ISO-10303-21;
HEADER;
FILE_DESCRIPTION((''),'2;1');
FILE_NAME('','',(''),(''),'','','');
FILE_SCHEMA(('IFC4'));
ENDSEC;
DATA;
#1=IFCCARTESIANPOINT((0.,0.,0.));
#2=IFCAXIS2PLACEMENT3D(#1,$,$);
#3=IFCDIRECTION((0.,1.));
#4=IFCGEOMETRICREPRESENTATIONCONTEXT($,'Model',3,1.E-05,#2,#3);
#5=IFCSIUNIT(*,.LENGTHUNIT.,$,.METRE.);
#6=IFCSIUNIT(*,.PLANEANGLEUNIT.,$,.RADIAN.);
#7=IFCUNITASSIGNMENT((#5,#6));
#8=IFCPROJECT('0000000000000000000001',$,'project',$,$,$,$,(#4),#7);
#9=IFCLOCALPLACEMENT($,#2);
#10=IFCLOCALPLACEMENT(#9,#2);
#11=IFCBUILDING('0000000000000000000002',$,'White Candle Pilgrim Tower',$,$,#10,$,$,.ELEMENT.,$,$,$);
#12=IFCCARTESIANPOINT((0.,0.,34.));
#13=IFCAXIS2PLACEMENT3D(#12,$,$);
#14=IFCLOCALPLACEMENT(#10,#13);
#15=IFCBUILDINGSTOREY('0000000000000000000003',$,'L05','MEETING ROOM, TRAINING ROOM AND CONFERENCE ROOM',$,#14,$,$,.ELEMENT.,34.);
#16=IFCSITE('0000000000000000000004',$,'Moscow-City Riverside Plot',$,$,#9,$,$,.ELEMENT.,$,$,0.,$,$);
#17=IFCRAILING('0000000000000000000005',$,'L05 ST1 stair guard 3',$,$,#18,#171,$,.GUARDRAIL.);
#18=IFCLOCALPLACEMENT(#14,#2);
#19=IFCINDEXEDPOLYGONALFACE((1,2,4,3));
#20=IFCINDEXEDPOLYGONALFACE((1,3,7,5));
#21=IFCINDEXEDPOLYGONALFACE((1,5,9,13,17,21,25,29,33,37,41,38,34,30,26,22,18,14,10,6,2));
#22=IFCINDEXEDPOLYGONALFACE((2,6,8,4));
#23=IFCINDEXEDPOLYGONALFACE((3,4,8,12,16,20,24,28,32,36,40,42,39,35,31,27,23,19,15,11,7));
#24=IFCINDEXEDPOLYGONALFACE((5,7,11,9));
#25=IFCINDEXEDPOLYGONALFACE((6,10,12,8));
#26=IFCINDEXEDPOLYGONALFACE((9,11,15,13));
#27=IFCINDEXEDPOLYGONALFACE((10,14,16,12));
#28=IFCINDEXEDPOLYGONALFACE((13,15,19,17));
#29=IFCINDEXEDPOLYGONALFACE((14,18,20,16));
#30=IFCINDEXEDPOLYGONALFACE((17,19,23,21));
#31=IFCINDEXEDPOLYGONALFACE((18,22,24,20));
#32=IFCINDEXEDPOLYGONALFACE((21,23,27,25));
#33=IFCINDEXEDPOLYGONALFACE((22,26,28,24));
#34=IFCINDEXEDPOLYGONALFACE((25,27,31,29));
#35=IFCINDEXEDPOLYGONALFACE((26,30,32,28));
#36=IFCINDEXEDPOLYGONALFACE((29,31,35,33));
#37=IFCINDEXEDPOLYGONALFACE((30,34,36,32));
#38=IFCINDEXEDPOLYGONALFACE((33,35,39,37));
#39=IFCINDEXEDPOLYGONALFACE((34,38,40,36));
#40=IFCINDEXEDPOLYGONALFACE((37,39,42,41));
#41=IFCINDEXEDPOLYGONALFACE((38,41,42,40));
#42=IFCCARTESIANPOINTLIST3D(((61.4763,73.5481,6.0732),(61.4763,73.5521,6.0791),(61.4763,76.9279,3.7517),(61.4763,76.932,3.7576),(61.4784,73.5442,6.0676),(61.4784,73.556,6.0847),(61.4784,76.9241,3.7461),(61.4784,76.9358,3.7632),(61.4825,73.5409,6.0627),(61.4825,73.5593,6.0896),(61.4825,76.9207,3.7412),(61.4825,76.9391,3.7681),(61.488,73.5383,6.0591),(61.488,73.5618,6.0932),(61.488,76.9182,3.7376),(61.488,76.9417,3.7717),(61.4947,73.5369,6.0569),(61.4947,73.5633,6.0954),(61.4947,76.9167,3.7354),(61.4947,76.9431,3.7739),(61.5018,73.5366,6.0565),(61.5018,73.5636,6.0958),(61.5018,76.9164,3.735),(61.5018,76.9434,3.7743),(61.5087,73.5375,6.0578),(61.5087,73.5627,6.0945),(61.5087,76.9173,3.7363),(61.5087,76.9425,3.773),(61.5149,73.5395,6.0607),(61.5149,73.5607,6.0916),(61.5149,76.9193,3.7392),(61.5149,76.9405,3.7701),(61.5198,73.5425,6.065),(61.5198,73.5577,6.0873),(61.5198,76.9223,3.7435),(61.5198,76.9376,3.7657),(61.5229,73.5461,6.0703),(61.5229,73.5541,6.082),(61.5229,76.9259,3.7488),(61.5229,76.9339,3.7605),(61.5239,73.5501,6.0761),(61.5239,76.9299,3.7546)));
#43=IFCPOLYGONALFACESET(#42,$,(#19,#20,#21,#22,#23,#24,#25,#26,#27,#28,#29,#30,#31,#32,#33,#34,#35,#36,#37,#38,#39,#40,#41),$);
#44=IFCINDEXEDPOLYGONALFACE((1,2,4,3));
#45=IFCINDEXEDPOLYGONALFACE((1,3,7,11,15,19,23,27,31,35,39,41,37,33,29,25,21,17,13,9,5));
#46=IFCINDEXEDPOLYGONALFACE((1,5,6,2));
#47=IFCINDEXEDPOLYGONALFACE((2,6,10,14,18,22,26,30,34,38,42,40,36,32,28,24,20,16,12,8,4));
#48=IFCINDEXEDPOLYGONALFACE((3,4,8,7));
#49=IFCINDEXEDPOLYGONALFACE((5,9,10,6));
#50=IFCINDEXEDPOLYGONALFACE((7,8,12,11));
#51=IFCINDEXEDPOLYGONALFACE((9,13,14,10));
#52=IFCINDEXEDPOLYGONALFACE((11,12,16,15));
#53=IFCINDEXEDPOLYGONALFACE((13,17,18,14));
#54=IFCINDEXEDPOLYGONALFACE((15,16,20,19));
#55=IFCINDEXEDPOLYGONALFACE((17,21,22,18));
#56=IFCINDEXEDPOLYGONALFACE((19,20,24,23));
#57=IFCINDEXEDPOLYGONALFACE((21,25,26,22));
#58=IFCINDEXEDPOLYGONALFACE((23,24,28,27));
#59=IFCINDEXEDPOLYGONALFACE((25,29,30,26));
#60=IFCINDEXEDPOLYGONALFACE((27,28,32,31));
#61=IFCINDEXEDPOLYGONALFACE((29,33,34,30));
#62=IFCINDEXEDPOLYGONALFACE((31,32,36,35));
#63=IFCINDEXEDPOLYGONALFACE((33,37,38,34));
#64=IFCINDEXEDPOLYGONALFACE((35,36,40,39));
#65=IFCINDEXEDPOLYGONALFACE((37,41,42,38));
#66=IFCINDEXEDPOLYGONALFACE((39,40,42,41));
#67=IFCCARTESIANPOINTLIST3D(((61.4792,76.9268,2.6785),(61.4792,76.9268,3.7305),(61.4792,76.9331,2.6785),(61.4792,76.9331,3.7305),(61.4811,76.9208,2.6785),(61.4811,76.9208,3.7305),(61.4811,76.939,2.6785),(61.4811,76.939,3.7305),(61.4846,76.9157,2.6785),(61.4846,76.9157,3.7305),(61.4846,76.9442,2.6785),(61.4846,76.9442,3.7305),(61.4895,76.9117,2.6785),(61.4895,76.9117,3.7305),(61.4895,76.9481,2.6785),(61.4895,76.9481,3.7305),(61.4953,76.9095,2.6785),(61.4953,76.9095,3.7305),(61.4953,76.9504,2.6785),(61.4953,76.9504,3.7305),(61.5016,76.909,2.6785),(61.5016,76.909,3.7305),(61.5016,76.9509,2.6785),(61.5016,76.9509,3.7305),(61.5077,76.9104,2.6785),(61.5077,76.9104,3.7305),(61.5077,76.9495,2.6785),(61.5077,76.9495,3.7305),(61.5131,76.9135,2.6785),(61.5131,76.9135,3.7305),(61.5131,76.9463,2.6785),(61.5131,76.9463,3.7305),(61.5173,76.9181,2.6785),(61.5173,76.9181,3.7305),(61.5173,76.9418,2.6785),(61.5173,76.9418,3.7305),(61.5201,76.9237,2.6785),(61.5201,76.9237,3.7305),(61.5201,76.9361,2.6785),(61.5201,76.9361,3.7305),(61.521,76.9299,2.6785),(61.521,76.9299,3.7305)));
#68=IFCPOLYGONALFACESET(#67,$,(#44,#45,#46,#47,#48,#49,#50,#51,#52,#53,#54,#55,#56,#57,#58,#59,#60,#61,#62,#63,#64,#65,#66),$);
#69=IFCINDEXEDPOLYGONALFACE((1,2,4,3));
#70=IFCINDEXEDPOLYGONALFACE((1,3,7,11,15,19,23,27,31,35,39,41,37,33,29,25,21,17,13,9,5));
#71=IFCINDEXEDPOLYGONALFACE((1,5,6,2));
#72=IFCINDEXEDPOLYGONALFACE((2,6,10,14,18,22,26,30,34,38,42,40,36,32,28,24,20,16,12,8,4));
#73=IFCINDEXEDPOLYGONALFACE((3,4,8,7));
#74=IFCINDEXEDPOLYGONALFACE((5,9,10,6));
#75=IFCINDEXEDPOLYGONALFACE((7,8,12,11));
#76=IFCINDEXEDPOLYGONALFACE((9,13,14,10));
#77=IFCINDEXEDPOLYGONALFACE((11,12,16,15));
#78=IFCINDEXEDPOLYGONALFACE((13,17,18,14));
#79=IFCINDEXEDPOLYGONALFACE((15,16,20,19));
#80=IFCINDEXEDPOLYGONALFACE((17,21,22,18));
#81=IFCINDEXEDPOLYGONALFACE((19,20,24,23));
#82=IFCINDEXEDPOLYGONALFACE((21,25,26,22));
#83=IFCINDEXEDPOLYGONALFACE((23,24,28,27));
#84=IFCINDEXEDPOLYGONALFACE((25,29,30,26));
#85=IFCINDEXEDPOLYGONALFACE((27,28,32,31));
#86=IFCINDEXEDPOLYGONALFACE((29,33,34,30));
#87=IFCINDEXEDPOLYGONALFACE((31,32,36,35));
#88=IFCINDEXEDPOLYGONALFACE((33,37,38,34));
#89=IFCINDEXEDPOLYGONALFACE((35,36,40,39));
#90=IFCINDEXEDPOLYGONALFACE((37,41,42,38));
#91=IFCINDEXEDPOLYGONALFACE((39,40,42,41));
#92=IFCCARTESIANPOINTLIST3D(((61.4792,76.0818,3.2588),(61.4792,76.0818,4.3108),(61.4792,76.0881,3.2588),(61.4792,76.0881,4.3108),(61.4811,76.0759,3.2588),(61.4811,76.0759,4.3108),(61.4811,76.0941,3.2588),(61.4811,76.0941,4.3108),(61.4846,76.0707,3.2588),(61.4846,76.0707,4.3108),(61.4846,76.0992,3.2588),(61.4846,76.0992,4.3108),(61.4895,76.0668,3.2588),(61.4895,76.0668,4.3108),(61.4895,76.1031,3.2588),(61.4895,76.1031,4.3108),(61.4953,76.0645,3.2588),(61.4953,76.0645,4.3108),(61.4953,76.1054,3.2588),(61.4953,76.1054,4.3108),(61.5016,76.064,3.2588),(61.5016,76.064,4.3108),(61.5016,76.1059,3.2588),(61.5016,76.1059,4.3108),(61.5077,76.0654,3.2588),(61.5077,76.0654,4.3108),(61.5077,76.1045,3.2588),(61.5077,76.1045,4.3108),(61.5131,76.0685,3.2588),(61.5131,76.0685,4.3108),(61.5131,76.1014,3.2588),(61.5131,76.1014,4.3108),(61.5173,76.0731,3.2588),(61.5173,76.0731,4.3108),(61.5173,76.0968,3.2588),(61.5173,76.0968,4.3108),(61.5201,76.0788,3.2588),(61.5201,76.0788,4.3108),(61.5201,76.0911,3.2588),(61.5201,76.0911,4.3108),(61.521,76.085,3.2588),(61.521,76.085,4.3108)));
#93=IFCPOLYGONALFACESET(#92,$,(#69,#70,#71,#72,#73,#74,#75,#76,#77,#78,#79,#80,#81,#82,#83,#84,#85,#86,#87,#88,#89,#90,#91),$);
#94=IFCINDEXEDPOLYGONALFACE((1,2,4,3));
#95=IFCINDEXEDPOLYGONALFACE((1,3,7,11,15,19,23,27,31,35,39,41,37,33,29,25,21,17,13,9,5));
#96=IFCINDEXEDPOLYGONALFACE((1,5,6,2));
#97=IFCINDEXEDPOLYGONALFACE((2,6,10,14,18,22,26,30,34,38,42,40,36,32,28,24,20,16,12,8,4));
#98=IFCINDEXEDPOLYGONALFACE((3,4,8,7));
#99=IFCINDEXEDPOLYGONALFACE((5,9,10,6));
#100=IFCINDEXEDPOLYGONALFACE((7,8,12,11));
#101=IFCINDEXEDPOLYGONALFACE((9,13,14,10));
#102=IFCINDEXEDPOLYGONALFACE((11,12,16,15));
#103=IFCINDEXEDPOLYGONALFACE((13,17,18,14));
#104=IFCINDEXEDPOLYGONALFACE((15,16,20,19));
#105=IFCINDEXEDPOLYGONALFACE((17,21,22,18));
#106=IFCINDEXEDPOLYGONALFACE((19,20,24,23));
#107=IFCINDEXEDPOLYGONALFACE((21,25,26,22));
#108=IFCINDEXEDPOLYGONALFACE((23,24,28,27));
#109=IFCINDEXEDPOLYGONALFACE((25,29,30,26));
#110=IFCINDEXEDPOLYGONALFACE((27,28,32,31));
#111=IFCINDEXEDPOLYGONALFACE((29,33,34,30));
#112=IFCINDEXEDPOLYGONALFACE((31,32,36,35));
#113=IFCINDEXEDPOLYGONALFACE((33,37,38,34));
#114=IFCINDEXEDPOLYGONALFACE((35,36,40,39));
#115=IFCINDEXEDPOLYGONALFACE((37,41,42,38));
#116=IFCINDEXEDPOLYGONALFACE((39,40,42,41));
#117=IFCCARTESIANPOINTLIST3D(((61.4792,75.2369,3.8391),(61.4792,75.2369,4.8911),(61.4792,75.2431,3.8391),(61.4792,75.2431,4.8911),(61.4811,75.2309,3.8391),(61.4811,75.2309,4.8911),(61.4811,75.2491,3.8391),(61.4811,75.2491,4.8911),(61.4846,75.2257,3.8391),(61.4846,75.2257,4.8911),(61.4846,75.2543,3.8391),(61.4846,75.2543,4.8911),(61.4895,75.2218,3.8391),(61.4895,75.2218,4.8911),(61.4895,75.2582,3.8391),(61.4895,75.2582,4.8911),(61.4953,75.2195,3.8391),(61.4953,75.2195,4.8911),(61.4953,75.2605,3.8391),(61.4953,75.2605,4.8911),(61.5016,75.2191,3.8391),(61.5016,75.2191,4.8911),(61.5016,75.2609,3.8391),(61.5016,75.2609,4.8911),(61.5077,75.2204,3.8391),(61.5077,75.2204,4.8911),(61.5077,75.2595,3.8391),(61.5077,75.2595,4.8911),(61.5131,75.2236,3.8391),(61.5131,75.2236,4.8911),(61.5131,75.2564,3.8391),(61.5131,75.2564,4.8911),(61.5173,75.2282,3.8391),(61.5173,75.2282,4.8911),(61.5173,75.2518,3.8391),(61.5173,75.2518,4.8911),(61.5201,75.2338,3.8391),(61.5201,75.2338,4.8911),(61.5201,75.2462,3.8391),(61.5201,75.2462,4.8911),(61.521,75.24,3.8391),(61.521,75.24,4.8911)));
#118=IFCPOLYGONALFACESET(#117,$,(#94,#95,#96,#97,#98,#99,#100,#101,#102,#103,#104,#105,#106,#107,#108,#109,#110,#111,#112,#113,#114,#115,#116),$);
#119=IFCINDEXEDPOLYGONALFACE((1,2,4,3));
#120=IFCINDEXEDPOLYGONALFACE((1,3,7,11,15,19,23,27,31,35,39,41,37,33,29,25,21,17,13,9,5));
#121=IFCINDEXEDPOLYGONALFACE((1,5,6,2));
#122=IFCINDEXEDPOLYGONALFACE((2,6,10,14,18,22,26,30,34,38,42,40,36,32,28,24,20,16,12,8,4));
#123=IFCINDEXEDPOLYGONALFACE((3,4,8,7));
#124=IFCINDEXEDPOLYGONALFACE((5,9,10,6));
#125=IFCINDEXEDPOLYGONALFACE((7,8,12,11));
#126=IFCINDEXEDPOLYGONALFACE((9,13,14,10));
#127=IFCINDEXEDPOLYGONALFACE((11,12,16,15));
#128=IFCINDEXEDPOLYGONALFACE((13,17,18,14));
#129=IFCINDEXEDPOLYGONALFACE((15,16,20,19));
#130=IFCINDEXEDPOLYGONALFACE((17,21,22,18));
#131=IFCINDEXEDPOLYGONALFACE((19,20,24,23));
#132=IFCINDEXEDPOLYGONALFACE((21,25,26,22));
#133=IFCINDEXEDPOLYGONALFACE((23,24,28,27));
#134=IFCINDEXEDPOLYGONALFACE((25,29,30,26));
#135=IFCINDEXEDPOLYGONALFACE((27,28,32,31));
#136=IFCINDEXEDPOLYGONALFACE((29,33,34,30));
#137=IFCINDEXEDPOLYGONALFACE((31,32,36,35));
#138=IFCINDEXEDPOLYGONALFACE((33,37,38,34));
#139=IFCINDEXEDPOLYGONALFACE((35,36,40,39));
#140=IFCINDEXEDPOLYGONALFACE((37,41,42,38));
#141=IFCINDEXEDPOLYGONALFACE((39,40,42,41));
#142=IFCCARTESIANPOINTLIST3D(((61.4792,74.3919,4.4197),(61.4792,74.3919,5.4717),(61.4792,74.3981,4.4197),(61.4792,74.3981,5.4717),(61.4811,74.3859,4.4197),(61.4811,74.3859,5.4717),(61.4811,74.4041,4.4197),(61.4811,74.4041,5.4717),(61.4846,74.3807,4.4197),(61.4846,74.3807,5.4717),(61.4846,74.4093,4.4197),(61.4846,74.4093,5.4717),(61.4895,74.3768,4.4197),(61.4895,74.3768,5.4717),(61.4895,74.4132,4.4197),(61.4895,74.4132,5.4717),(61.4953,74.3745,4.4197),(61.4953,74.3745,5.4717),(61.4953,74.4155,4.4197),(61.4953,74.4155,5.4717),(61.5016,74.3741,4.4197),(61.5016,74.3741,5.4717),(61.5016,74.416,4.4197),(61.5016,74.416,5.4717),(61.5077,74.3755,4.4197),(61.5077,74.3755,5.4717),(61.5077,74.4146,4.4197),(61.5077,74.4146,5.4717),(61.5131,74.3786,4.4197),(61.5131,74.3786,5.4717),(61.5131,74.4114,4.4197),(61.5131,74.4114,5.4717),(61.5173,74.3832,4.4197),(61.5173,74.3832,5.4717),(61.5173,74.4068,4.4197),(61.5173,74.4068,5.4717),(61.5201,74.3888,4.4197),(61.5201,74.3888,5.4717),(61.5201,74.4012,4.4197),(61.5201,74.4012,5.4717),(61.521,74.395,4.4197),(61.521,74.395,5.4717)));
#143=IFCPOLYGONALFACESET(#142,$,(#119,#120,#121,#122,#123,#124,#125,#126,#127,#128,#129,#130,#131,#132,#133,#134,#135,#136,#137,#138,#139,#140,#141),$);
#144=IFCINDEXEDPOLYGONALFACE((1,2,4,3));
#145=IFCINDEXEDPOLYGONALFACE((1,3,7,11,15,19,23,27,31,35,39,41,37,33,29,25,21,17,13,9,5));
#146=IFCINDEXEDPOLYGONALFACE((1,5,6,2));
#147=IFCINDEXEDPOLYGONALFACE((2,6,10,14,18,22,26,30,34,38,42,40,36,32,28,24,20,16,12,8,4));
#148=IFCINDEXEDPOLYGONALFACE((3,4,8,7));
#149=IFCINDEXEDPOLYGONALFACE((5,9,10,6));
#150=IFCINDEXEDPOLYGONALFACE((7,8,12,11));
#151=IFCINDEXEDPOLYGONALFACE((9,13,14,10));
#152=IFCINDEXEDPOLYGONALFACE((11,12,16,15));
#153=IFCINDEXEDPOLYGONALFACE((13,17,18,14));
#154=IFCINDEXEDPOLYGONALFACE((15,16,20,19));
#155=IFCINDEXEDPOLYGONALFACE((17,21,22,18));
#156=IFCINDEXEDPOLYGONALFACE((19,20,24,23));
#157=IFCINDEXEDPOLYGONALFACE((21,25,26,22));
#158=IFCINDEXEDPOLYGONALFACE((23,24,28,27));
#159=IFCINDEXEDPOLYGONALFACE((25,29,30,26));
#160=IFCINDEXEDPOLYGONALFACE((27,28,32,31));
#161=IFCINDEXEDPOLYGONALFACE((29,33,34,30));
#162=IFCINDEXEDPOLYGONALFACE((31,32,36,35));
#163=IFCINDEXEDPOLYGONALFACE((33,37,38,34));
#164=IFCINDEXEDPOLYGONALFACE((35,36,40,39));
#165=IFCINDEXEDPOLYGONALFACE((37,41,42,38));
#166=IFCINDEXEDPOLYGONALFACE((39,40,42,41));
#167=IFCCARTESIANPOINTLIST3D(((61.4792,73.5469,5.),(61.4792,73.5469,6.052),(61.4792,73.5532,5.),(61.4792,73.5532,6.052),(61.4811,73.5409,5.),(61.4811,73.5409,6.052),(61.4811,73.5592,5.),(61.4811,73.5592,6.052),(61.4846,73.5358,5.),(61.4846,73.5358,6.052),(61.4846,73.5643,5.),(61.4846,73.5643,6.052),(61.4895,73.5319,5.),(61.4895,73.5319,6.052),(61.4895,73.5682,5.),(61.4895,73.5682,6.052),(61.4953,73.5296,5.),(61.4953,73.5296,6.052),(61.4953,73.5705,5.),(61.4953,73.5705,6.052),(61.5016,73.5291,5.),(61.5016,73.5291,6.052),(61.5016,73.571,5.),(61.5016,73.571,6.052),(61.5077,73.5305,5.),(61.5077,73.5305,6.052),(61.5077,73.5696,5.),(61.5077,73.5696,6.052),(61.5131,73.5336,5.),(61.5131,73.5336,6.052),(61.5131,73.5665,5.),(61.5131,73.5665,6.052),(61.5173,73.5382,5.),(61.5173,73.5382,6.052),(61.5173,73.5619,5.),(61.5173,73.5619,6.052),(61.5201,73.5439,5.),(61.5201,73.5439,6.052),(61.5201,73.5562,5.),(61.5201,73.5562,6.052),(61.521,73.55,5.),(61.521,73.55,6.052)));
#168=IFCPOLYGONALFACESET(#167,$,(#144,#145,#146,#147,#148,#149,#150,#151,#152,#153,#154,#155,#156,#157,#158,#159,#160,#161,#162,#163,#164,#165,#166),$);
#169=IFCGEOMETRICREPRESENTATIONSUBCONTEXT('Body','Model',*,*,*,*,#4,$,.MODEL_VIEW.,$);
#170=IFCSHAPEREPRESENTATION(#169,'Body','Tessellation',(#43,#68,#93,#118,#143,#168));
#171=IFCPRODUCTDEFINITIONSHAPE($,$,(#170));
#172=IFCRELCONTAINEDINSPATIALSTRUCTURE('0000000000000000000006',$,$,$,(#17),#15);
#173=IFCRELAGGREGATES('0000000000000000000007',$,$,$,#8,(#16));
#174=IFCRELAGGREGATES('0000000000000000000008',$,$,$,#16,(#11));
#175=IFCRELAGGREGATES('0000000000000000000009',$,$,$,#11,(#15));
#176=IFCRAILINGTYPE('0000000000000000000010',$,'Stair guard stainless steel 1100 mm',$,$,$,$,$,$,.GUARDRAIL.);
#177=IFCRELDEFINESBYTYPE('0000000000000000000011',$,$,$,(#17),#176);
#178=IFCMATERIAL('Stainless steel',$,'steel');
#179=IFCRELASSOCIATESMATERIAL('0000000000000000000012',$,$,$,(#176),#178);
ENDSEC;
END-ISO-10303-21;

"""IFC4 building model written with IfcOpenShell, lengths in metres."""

from ifc_helpers import new_model, si_unit, direction, frame, origin, origin_2d, place, context, subcontext, project, spatial, circle, extrude, material, type_object, element, save


model = new_model("IFC4")

# Units and contexts
model_context = context("Model", 3, precision=1e-05, world=origin(), true_north=direction((0.0, 1.0)))
body_context = subcontext(model_context, "Body", "Model", "MODEL_VIEW")
ifc_project = project(units=[si_unit("LENGTHUNIT", "METRE"), si_unit("PLANEANGLEUNIT", "RADIAN")], contexts=[model_context])

# Site, building, storey
site_placement = place(None, origin())
site = spatial("IfcSite", under=ifc_project, at=site_placement, Name="Moscow-City Riverside Plot", CompositionType="ELEMENT", RefElevation=0.0)
building_placement = place(site_placement, origin())
building = spatial("IfcBuilding", under=site, at=building_placement, Name="White Candle Pilgrim Tower", CompositionType="ELEMENT")
storey_placement = place(building_placement, frame((0.0, 0.0, 34.0)))
storey = spatial("IfcBuildingStorey", under=building, at=storey_placement, Name="L05", Description="MEETING ROOM, TRAINING ROOM AND CONFERENCE ROOM", CompositionType="ELEMENT", Elevation=34.0)

# Railing
ifc_material_1 = material(Name="Stainless steel", Category="steel")
railing_type_1 = type_object("IfcRailingType", Name="Stair guard stainless steel 1100 mm", PredefinedType="GUARDRAIL", material=ifc_material_1)
railing_1_placement = place(storey_placement, frame((61.5, 76.9299, 2.6785)))
element("IfcRailing", 1, at=railing_1_placement, inside=storey, type_object=railing_type_1, Name="L05 ST1 stair guard 3", PredefinedType="GUARDRAIL", context=body_context, shape_type="SweptSolid", body=[
    extrude(circle(Radius=0.0239, at=origin_2d()), frame((0.0, 0.0, 1.0762), z_axis=(0.0, -0.824285, 0.566175), x_axis=(1.0, 0.0, 0.0)), (0.0, 0.0, 1.0), 4.1003),
    extrude(circle(Radius=0.021, at=origin_2d()), origin(), (0.0, 0.0, 1.0), 1.052),
    extrude(circle(Radius=0.021, at=origin_2d()), frame((0.0, -0.845, 0.5803)), (0.0, 0.0, 1.0), 1.052),
    extrude(circle(Radius=0.021, at=origin_2d()), frame((0.0, -1.6899, 1.1606)), (0.0, 0.0, 1.0), 1.052),
    extrude(circle(Radius=0.021, at=origin_2d()), frame((0.0, -2.5349, 1.7412)), (0.0, 0.0, 1.0), 1.052),
    extrude(circle(Radius=0.021, at=origin_2d()), frame((0.0, -3.3799, 2.3215)), (0.0, 0.0, 1.0), 1.052),
])

save(model, "model.ifc")
